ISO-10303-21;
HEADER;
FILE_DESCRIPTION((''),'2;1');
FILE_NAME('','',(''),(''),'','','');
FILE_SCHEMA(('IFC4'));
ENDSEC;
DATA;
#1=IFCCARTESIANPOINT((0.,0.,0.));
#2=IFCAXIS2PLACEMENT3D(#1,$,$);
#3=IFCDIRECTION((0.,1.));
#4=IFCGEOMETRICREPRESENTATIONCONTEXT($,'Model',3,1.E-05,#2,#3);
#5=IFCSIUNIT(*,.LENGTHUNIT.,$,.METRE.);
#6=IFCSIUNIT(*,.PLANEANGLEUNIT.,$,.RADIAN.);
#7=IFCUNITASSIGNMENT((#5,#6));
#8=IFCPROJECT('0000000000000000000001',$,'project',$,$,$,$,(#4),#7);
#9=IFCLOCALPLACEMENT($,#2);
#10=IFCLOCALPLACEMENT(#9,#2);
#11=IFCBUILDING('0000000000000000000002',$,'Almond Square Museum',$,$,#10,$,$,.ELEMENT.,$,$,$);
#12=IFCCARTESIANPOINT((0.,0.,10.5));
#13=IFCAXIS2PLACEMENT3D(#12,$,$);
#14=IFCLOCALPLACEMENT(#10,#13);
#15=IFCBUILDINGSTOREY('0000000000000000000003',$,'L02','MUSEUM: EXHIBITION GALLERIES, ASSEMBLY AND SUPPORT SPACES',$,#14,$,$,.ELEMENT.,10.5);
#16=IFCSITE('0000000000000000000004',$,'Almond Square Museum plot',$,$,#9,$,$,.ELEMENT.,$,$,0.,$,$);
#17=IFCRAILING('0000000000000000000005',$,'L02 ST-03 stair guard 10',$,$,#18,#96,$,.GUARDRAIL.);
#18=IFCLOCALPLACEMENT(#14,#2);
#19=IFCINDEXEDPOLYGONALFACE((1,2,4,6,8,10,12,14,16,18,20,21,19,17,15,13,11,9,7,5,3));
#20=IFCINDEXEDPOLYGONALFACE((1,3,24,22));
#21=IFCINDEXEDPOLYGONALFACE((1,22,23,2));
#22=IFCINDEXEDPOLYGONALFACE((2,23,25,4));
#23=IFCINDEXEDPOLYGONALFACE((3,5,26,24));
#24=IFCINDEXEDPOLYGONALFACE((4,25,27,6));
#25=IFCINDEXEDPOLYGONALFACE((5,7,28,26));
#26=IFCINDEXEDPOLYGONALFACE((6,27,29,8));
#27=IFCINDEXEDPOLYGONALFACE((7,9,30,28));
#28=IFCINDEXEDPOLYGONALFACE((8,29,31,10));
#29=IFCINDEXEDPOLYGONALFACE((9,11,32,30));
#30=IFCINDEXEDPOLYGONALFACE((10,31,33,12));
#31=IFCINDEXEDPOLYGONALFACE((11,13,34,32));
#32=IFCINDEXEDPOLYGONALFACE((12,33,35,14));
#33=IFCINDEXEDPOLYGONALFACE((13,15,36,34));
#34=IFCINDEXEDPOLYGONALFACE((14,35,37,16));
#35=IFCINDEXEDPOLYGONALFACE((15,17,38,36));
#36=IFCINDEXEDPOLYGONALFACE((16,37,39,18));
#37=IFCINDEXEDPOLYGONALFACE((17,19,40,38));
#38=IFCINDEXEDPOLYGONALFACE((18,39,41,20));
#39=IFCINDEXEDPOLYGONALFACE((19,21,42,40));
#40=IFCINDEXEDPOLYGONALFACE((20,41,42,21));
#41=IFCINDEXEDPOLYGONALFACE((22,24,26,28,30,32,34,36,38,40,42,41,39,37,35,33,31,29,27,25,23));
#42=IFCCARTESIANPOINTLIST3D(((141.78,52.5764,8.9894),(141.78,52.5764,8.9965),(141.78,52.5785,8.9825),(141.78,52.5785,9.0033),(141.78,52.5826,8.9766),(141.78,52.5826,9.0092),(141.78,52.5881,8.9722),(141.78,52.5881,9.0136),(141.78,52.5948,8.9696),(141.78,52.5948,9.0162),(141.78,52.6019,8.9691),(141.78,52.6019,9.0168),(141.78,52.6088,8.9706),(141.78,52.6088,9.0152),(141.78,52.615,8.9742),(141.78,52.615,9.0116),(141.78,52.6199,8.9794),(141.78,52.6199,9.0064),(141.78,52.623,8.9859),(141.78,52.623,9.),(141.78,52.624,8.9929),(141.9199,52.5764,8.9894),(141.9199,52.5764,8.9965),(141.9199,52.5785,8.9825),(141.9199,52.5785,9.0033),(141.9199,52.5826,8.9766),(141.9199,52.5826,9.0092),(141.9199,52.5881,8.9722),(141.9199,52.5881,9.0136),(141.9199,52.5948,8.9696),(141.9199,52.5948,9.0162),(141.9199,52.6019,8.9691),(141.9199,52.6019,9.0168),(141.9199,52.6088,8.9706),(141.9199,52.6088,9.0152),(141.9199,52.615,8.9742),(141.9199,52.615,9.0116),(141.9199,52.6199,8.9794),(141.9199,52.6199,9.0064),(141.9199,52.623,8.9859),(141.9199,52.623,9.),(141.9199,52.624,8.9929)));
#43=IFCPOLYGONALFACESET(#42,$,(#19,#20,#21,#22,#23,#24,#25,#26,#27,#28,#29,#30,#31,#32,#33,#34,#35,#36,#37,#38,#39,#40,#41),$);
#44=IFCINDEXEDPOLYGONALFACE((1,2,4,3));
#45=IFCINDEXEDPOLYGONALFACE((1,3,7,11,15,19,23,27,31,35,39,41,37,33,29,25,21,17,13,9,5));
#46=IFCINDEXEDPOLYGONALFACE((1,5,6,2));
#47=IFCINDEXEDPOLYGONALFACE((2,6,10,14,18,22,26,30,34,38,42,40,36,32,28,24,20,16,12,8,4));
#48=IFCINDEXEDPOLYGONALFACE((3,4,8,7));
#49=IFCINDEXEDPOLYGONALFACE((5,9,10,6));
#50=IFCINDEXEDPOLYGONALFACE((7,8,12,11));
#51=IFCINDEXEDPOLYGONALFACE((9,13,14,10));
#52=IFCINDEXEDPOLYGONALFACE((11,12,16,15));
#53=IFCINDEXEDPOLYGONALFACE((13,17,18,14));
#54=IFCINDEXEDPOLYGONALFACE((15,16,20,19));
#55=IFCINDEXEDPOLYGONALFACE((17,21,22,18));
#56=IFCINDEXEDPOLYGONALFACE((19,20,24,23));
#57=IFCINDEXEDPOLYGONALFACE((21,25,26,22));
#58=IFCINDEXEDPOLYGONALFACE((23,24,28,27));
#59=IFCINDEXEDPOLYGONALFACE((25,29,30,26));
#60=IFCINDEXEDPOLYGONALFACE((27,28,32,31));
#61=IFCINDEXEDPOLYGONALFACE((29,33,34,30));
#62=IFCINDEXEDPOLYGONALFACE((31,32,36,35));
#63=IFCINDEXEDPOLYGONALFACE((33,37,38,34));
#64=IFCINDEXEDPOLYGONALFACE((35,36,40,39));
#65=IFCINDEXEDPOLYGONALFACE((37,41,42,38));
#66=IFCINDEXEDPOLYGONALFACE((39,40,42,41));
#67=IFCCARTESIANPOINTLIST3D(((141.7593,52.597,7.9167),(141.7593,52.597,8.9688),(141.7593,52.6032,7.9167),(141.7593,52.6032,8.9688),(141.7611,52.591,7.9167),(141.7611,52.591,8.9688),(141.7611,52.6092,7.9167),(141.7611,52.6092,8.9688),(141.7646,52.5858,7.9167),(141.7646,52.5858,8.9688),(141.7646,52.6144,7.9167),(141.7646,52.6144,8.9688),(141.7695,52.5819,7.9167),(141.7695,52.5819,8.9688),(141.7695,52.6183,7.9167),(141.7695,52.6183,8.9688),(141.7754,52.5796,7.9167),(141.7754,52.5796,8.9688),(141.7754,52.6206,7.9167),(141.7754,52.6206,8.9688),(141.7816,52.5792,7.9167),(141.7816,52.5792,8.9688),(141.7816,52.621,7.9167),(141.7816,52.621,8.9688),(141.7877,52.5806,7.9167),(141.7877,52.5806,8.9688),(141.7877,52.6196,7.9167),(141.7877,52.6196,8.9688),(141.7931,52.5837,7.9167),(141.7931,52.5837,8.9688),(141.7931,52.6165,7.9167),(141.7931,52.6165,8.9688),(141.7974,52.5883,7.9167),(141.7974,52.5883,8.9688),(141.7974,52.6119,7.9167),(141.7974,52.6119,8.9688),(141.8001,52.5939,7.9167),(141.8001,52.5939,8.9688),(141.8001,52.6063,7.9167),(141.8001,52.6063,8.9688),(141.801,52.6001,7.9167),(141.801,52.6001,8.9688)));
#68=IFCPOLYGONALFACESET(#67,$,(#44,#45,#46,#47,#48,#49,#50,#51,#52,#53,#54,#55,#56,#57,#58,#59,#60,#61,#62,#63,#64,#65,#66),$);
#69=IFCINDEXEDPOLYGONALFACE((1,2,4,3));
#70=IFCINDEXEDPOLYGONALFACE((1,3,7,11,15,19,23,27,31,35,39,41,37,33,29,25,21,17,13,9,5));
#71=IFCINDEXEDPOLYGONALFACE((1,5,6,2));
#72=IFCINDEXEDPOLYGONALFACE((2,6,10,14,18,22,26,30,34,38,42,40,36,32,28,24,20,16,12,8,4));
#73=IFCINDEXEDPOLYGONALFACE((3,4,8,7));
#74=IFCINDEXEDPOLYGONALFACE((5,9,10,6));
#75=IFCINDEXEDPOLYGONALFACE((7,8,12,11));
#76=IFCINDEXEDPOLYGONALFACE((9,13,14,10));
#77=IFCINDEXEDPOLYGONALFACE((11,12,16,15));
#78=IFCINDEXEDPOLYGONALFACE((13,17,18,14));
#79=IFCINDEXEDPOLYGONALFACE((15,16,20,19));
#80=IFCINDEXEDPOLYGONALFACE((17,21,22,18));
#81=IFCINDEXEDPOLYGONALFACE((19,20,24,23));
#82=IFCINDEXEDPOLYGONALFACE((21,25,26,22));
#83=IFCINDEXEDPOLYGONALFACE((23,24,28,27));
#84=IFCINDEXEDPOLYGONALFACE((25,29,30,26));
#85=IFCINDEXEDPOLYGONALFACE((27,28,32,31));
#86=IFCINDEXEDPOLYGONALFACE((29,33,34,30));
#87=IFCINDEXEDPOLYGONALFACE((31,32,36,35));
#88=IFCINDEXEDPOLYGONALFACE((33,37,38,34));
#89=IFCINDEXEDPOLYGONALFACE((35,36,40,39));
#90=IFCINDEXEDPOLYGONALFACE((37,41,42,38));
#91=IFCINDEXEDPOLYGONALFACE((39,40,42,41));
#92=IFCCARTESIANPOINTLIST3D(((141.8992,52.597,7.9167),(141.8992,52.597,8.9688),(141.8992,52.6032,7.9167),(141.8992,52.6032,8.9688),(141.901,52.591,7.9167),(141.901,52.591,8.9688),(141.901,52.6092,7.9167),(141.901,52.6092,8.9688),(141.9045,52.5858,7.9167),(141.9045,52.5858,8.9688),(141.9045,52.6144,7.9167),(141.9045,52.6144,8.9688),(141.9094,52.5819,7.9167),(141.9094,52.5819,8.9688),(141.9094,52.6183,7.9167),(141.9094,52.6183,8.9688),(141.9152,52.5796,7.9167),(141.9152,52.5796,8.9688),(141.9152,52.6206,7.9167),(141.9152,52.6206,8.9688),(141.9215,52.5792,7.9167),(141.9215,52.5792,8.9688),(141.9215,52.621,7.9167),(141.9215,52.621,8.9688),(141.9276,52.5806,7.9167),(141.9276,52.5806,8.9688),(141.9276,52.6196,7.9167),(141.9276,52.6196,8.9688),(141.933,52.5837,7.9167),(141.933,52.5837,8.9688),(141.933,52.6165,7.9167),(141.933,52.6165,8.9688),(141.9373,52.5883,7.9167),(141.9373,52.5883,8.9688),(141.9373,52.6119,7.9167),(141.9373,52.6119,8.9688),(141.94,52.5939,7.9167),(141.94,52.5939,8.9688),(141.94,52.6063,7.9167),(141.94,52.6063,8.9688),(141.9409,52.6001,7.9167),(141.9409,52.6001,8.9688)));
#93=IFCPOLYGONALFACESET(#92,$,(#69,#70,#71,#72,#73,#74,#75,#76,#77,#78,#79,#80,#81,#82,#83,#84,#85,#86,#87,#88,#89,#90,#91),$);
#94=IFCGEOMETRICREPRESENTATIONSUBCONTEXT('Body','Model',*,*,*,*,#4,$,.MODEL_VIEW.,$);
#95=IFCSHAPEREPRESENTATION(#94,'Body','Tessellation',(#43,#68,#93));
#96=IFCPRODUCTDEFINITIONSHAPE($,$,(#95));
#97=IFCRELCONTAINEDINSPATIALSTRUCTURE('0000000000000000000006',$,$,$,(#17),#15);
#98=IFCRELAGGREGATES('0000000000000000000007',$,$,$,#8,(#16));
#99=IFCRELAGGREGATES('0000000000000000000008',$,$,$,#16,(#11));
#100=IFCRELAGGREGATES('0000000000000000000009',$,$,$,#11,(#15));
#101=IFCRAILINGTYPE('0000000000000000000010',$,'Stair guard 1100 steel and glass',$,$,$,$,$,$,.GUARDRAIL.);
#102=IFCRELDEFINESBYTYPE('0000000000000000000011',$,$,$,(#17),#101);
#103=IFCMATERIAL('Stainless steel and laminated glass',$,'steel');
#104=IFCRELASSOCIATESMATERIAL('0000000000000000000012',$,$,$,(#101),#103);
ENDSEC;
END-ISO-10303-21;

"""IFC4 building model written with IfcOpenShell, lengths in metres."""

from ifc_helpers import new_model, si_unit, direction, frame, origin, origin_2d, place, context, subcontext, project, spatial, circle, extrude, material, type_object, element, save


model = new_model("IFC4")

# Units and contexts
model_context = context("Model", 3, precision=1e-05, world=origin(), true_north=direction((0.0, 1.0)))
body_context = subcontext(model_context, "Body", "Model", "MODEL_VIEW")
ifc_project = project(units=[si_unit("LENGTHUNIT", "METRE"), si_unit("PLANEANGLEUNIT", "RADIAN")], contexts=[model_context])

# Site, building, storey
site_placement = place(None, origin())
site = spatial("IfcSite", under=ifc_project, at=site_placement, Name="Almond Square Museum plot", CompositionType="ELEMENT", RefElevation=0.0)
building_placement = place(site_placement, origin())
building = spatial("IfcBuilding", under=site, at=building_placement, Name="Almond Square Museum", CompositionType="ELEMENT")
storey_placement = place(building_placement, frame((0.0, 0.0, 10.5)))
storey = spatial("IfcBuildingStorey", under=building, at=storey_placement, Name="L02", Description="MUSEUM: EXHIBITION GALLERIES, ASSEMBLY AND SUPPORT SPACES", CompositionType="ELEMENT", Elevation=10.5)

# Railing
ifc_material_1 = material(Name="Stainless steel and laminated glass", Category="steel")
railing_type_1 = type_object("IfcRailingType", Name="Stair guard 1100 steel and glass", PredefinedType="GUARDRAIL", material=ifc_material_1)
railing_1_placement = place(storey_placement, frame((141.78, 52.6001, 7.9167)))
element("IfcRailing", 1, at=railing_1_placement, inside=storey, type_object=railing_type_1, Name="L02 ST-03 stair guard 10", PredefinedType="GUARDRAIL", context=body_context, shape_type="SweptSolid", body=[
    extrude(circle(Radius=0.0239, at=origin_2d()), frame((0.0, 0.0, 1.0762), z_axis=(1.0, 0.0, 0.0), x_axis=(0.0, 1.0, 0.0)), (0.0, 0.0, 1.0), 0.1399),
    extrude(circle(Radius=0.021, at=origin_2d()), origin(), (0.0, 0.0, 1.0), 1.052),
    extrude(circle(Radius=0.021, at=origin_2d()), frame((0.1399, 0.0, 0.0)), (0.0, 0.0, 1.0), 1.052),
])

save(model, "model.ifc")
